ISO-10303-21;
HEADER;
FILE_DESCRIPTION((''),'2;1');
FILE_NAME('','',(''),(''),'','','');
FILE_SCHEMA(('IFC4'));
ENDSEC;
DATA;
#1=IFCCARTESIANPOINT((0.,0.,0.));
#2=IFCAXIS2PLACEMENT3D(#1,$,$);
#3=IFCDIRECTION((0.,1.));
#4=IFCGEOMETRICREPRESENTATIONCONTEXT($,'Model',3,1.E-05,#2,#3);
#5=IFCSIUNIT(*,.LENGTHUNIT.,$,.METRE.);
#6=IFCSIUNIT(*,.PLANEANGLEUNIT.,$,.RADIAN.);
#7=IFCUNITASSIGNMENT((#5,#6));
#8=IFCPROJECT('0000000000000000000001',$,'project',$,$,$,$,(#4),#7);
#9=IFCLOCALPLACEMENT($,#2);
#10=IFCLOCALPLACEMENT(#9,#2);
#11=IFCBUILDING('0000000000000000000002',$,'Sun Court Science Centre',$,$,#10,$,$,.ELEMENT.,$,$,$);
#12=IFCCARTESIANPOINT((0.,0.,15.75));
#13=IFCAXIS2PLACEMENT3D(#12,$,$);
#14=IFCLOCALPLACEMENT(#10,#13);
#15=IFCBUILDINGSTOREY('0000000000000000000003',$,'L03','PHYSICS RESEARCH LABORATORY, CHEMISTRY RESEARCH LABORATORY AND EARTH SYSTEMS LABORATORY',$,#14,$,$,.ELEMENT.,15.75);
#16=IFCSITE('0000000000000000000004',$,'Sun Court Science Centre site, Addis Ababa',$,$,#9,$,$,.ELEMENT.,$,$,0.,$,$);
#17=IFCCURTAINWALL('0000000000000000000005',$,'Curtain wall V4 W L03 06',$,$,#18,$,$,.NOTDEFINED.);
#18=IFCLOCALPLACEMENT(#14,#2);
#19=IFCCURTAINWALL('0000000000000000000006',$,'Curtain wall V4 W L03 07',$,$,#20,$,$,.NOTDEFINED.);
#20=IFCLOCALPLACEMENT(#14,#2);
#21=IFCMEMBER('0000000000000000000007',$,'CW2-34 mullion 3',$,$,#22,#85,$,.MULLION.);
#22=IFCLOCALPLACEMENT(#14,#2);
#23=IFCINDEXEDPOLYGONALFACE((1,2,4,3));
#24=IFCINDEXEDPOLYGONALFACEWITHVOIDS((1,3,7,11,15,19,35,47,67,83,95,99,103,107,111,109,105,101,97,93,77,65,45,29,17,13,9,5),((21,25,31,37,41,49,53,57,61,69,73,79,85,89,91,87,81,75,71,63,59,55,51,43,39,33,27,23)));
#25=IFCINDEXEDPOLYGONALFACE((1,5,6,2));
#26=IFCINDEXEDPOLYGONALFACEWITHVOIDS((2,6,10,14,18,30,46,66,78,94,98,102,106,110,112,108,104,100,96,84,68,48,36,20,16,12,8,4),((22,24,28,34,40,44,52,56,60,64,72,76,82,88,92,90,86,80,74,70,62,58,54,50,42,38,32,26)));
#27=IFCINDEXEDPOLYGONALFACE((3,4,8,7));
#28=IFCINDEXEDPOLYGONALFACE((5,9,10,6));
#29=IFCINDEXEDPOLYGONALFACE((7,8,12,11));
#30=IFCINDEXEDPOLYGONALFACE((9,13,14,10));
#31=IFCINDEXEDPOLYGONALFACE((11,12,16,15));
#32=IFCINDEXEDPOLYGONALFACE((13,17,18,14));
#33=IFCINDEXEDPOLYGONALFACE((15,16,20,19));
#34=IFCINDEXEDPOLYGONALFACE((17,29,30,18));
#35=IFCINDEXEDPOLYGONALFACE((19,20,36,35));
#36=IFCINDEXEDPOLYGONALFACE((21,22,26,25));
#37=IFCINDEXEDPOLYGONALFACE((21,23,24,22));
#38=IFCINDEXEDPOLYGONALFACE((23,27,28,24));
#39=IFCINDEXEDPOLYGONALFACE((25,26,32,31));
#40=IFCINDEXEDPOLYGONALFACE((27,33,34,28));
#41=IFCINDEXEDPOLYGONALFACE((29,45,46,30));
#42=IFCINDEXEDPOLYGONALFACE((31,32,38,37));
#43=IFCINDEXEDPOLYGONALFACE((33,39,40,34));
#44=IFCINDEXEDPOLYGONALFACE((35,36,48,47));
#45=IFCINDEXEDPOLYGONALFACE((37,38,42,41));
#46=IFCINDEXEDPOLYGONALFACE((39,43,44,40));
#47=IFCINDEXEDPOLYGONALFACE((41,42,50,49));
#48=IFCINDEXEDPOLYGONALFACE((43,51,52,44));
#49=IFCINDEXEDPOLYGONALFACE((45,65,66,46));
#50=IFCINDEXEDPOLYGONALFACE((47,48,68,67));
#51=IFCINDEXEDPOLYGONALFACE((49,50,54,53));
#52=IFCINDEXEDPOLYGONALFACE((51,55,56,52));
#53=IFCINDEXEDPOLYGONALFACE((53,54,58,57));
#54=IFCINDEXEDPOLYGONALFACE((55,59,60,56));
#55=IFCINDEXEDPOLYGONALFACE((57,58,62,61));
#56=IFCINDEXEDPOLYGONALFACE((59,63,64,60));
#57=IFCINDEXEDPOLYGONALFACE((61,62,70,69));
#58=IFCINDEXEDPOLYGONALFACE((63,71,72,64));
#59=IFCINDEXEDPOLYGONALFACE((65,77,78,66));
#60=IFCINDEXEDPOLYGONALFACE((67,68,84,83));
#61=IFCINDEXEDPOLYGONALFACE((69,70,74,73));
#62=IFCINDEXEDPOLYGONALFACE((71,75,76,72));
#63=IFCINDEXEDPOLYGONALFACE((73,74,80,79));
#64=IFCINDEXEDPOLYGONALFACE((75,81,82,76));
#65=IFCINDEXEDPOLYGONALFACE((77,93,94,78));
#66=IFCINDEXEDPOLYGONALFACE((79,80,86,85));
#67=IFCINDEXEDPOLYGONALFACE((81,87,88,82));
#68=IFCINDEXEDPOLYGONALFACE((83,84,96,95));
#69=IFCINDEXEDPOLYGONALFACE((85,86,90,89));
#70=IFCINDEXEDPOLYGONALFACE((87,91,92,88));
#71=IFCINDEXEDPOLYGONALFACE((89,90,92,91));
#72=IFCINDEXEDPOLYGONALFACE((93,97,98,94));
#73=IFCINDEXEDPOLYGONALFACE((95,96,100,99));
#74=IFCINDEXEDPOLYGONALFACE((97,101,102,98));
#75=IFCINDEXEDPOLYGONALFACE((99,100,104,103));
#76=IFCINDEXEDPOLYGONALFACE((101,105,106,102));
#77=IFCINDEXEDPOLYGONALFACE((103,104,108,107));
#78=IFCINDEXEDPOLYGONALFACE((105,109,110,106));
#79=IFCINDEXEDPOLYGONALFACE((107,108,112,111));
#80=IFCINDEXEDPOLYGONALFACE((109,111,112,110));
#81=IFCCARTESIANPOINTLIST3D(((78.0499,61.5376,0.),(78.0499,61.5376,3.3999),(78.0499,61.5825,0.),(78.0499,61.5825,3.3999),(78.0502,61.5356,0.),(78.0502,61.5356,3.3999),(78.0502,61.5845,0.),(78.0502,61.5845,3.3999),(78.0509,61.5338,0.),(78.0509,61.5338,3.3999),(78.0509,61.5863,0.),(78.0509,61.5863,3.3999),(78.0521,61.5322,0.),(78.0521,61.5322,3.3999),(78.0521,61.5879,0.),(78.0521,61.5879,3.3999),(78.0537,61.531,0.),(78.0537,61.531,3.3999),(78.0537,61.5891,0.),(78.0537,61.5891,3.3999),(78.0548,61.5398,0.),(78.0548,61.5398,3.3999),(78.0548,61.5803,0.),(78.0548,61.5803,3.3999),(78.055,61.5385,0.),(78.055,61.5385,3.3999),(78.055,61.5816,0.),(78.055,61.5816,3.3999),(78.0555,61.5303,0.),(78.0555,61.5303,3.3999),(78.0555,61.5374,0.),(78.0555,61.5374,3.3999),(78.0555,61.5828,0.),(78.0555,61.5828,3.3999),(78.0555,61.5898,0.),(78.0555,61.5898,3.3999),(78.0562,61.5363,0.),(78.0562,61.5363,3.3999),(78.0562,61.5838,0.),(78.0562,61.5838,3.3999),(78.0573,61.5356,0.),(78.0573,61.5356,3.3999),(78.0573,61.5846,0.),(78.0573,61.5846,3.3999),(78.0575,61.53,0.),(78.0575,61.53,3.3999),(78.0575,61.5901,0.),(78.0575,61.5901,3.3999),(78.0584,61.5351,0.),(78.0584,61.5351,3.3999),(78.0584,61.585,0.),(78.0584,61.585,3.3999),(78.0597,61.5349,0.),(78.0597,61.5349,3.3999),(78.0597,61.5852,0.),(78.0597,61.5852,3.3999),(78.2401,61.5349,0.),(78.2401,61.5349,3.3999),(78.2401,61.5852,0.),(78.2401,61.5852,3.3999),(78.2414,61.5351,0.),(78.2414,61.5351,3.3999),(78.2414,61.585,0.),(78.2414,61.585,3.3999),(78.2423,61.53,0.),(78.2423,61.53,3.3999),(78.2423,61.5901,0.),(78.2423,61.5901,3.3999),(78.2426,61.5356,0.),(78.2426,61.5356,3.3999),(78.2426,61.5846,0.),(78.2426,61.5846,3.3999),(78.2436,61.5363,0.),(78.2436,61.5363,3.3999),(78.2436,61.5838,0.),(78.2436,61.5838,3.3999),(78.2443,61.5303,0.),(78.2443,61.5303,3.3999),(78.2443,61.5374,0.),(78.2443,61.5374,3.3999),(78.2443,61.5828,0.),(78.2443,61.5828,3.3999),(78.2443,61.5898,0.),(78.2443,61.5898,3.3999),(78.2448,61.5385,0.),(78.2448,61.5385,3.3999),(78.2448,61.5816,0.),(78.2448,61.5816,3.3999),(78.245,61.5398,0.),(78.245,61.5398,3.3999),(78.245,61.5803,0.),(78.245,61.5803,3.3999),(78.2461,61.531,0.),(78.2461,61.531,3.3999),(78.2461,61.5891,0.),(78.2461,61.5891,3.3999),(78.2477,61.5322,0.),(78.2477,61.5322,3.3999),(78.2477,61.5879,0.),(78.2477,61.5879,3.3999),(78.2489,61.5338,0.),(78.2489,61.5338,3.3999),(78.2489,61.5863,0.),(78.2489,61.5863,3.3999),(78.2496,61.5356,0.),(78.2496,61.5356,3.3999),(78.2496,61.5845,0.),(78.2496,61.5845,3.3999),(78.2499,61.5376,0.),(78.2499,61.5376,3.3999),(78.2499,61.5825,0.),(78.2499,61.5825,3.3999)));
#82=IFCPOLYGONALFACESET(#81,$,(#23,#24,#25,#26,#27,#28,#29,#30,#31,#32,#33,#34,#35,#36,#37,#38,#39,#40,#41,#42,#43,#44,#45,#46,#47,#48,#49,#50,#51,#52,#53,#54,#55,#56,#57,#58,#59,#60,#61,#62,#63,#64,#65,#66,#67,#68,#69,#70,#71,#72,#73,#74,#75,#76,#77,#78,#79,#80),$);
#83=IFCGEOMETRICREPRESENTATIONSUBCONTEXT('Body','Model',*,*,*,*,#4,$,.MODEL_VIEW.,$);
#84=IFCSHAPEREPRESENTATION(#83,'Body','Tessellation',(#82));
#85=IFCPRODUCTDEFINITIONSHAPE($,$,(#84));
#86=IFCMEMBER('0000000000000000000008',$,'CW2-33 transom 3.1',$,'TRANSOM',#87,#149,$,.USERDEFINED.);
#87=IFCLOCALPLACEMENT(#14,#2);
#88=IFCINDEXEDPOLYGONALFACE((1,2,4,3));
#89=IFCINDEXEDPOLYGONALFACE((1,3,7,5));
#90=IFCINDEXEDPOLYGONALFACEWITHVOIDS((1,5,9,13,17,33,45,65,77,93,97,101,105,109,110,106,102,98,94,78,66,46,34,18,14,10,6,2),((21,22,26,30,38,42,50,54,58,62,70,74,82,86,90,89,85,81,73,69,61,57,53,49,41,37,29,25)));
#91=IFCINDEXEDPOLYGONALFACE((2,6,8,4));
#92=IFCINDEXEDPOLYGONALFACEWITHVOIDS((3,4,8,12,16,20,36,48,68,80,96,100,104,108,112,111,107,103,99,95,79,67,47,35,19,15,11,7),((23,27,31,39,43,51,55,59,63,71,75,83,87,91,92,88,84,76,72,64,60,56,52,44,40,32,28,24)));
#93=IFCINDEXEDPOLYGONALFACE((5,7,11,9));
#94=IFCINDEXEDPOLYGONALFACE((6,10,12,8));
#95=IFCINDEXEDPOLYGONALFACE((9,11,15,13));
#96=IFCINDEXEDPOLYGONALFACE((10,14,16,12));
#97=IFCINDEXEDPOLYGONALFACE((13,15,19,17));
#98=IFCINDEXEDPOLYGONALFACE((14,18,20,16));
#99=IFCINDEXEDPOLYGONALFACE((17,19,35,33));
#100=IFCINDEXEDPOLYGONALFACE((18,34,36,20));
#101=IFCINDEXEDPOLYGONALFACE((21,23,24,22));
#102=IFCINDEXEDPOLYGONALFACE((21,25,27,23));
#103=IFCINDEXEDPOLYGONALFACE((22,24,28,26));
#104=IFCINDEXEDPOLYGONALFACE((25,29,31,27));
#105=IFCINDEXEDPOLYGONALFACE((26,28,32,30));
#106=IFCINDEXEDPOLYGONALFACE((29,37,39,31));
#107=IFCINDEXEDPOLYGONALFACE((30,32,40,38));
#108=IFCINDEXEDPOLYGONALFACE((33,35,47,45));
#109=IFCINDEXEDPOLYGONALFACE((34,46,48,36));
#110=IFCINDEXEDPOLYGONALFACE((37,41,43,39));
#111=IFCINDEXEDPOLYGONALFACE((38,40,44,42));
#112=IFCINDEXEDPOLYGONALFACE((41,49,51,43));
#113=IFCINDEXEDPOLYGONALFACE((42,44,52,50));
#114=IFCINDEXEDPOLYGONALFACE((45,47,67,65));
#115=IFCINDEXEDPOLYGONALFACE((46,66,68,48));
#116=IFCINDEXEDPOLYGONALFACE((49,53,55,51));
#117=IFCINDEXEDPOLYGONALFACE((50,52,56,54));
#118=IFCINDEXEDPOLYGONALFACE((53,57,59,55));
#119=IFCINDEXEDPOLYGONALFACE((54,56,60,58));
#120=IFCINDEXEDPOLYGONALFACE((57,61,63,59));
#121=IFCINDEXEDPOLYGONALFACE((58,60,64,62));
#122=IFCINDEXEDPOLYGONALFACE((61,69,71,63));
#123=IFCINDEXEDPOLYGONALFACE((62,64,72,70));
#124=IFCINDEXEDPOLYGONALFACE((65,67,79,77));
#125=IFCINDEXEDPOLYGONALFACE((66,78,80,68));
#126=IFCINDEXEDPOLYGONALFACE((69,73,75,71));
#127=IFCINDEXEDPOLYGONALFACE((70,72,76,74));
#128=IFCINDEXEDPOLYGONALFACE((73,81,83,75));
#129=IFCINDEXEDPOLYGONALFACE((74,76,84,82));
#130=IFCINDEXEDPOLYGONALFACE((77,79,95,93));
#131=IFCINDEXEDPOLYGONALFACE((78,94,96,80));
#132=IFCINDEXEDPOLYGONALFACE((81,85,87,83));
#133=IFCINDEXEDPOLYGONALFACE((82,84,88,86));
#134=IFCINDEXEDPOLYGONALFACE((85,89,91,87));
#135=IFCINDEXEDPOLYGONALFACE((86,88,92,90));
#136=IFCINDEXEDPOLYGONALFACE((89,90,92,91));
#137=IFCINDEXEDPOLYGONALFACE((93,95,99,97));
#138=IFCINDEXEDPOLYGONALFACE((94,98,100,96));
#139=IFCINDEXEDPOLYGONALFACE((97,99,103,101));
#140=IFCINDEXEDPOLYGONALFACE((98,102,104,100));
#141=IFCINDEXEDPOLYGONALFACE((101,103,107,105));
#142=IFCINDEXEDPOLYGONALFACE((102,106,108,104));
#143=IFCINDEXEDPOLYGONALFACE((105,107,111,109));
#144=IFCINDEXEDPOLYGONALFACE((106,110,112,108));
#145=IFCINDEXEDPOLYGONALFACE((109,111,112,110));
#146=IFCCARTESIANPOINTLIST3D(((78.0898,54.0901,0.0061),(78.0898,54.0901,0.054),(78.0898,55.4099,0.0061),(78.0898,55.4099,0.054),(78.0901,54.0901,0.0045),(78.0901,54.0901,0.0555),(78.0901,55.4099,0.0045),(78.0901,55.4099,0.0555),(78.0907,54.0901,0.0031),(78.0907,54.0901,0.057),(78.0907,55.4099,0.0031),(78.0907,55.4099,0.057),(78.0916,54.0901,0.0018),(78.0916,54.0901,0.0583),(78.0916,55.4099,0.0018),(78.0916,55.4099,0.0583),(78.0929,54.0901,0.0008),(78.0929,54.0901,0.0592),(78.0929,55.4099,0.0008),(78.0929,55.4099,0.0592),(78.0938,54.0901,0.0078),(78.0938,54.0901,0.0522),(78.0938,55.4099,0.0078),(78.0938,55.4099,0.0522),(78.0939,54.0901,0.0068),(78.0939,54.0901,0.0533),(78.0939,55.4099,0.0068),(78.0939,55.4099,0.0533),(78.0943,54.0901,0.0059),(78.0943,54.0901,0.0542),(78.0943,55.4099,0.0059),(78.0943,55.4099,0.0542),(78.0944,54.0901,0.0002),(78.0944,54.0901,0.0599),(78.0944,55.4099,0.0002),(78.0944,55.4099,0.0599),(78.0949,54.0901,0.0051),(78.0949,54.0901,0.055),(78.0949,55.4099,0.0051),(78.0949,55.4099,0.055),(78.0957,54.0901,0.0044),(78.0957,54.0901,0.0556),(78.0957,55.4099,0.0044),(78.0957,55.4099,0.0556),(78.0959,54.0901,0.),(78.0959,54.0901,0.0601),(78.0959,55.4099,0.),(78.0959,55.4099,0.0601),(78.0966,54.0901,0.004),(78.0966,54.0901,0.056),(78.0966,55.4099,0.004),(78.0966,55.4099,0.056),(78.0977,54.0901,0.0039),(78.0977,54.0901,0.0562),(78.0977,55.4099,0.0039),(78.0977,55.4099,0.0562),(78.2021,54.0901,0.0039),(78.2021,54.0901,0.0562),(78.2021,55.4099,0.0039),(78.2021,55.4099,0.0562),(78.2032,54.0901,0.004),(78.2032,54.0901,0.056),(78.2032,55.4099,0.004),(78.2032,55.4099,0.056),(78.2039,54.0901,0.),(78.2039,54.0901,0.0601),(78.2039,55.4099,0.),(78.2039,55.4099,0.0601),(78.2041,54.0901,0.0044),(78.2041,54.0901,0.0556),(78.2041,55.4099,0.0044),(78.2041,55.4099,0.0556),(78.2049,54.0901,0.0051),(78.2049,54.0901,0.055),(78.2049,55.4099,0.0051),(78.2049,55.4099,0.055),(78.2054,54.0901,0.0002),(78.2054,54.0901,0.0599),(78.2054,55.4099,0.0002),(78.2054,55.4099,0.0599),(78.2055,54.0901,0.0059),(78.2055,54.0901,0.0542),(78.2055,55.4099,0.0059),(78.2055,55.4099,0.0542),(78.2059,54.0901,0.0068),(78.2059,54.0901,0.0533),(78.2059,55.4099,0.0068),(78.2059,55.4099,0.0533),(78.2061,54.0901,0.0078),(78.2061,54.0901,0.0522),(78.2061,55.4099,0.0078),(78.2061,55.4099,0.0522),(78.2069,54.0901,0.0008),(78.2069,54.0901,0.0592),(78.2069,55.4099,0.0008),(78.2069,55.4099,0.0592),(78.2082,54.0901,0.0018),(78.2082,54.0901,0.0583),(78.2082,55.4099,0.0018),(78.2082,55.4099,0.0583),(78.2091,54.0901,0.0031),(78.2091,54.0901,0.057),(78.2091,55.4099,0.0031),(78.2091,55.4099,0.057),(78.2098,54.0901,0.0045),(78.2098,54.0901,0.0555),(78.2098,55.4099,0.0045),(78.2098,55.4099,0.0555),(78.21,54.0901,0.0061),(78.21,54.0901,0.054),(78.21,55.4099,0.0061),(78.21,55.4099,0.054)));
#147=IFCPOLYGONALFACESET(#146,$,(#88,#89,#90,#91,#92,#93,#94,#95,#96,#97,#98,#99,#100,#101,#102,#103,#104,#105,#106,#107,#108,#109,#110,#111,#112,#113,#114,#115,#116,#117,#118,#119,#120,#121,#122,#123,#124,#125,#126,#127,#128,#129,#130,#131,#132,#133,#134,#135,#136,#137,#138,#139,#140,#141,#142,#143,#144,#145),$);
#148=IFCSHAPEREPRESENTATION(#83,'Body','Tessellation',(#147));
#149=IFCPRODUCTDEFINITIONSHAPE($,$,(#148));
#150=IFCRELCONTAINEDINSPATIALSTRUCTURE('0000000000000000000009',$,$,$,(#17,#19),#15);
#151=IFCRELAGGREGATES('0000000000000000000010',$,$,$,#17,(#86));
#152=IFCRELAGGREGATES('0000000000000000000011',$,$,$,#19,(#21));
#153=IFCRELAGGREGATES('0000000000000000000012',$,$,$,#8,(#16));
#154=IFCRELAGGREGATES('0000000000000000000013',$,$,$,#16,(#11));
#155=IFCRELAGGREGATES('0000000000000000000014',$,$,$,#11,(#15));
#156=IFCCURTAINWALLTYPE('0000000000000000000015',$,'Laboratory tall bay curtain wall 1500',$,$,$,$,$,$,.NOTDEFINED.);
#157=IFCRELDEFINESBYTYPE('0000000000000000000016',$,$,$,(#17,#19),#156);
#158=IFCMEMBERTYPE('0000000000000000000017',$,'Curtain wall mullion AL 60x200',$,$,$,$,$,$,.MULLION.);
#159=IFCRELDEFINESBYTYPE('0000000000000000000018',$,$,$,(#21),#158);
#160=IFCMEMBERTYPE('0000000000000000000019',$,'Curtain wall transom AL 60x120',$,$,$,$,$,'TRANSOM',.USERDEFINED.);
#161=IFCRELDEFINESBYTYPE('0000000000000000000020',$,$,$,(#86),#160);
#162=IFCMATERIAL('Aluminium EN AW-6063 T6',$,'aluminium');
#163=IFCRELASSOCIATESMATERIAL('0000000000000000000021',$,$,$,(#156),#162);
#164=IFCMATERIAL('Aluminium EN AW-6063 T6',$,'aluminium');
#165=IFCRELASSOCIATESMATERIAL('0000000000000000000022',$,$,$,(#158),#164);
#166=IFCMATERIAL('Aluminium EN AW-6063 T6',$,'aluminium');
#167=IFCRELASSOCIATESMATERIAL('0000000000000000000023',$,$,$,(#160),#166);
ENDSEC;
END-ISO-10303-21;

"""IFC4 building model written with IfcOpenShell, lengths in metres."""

from ifc_helpers import new_model, si_unit, direction, frame, origin, origin_2d, place, context, subcontext, project, spatial, hollow_rectangle, extrude, material, material_profile, profile_set, type_object, element, aggregate, save


model = new_model("IFC4")

# Units and contexts
model_context = context("Model", 3, precision=1e-05, world=origin(), true_north=direction((0.0, 1.0)))
body_context = subcontext(model_context, "Body", "Model", "MODEL_VIEW")
ifc_project = project(units=[si_unit("LENGTHUNIT", "METRE"), si_unit("PLANEANGLEUNIT", "RADIAN")], contexts=[model_context])

# Site, building, storey
site_placement = place(None, origin())
site = spatial("IfcSite", under=ifc_project, at=site_placement, Name="Sun Court Science Centre site, Addis Ababa", CompositionType="ELEMENT", RefElevation=0.0)
building_placement = place(site_placement, origin())
building = spatial("IfcBuilding", under=site, at=building_placement, Name="Sun Court Science Centre", CompositionType="ELEMENT")
storey_placement = place(building_placement, frame((0.0, 0.0, 15.75)))
storey = spatial("IfcBuildingStorey", under=building, at=storey_placement, Name="L03", Description="PHYSICS RESEARCH LABORATORY, CHEMISTRY RESEARCH LABORATORY AND EARTH SYSTEMS LABORATORY", CompositionType="ELEMENT", Elevation=15.75)

# Curtain walls, member
ifc_material_1 = material(Name="Aluminium EN AW-6063 T6", Category="aluminium")
curtain_wall_type = type_object("IfcCurtainWallType", Name="Laboratory tall bay curtain wall 1500", PredefinedType="NOTDEFINED", material=ifc_material_1)
curtain_wall_1_placement = place(storey_placement, origin())
curtain_wall_1 = element("IfcCurtainWall", 1, at=curtain_wall_1_placement, inside=storey, type_object=curtain_wall_type, Name="Curtain wall V4 W L03 06", PredefinedType="NOTDEFINED")
ifc_material_2 = material(Name="Aluminium EN AW-6063 T6", Category="aluminium")
ifc_material_profile_1 = material_profile(ifc_material_2, hollow_rectangle(XDim=0.0601, YDim=0.2, WallThickness=0.0049, InnerFilletRadius=0.0049, OuterFilletRadius=0.0076, at=origin_2d()), Name="AL 60x200x5")
ifc_profile_set_1 = profile_set([ifc_material_profile_1], Name="Aluminium EN AW-6063 T6")
member_type_1 = type_object("IfcMemberType", Name="Curtain wall mullion AL 60x200", PredefinedType="MULLION", material=ifc_profile_set_1)
curtain_wall_2_placement = place(storey_placement, origin())
curtain_wall_2 = element("IfcCurtainWall", 2, at=curtain_wall_2_placement, inside=storey, type_object=curtain_wall_type, Name="Curtain wall V4 W L03 07", PredefinedType="NOTDEFINED")
member_1_placement = place(storey_placement, frame((78.1499, 61.5601, 0.0), z_axis=(0.0, 0.0, 1.0), x_axis=(0.0, 1.0, 0.0)))
member_1 = element("IfcMember", 3, at=member_1_placement, type_object=member_type_1, Name="CW2-34 mullion 3", PredefinedType="MULLION", context=body_context, shape_type="SweptSolid", body=[
    extrude(hollow_rectangle(XDim=0.0601, YDim=0.2, WallThickness=0.0049, InnerFilletRadius=0.0049, OuterFilletRadius=0.0076, at=origin_2d()), origin(), (0.0, 0.0, 1.0), 3.3999),
])

# Member
ifc_material_3 = material(Name="Aluminium EN AW-6063 T6", Category="aluminium")
ifc_material_profile_2 = material_profile(ifc_material_3, hollow_rectangle(XDim=0.0601, YDim=0.1201, WallThickness=0.0039, InnerFilletRadius=0.0039, OuterFilletRadius=0.0061, at=origin_2d()), Name="AL 60x120x4")
ifc_profile_set_2 = profile_set([ifc_material_profile_2], Name="Aluminium EN AW-6063 T6")
member_type_2 = type_object("IfcMemberType", Name="Curtain wall transom AL 60x120", ElementType="TRANSOM", PredefinedType="USERDEFINED", material=ifc_profile_set_2)
member_2_placement = place(storey_placement, frame((78.1499, 54.0901, 0.03), z_axis=(0.0, 1.0, 0.0), x_axis=(0.0, 0.0, 1.0)))
member_2 = element("IfcMember", 4, at=member_2_placement, type_object=member_type_2, Name="CW2-33 transom 3.1", ObjectType="TRANSOM", PredefinedType="USERDEFINED", context=body_context, shape_type="SweptSolid", body=[
    extrude(hollow_rectangle(XDim=0.0601, YDim=0.1201, WallThickness=0.0039, InnerFilletRadius=0.0039, OuterFilletRadius=0.0061, at=origin_2d()), origin(), (0.0, 0.0, 1.0), 1.3198),
])

aggregate(curtain_wall_1, [member_2])
aggregate(curtain_wall_2, [member_1])

save(model, "model.ifc")
